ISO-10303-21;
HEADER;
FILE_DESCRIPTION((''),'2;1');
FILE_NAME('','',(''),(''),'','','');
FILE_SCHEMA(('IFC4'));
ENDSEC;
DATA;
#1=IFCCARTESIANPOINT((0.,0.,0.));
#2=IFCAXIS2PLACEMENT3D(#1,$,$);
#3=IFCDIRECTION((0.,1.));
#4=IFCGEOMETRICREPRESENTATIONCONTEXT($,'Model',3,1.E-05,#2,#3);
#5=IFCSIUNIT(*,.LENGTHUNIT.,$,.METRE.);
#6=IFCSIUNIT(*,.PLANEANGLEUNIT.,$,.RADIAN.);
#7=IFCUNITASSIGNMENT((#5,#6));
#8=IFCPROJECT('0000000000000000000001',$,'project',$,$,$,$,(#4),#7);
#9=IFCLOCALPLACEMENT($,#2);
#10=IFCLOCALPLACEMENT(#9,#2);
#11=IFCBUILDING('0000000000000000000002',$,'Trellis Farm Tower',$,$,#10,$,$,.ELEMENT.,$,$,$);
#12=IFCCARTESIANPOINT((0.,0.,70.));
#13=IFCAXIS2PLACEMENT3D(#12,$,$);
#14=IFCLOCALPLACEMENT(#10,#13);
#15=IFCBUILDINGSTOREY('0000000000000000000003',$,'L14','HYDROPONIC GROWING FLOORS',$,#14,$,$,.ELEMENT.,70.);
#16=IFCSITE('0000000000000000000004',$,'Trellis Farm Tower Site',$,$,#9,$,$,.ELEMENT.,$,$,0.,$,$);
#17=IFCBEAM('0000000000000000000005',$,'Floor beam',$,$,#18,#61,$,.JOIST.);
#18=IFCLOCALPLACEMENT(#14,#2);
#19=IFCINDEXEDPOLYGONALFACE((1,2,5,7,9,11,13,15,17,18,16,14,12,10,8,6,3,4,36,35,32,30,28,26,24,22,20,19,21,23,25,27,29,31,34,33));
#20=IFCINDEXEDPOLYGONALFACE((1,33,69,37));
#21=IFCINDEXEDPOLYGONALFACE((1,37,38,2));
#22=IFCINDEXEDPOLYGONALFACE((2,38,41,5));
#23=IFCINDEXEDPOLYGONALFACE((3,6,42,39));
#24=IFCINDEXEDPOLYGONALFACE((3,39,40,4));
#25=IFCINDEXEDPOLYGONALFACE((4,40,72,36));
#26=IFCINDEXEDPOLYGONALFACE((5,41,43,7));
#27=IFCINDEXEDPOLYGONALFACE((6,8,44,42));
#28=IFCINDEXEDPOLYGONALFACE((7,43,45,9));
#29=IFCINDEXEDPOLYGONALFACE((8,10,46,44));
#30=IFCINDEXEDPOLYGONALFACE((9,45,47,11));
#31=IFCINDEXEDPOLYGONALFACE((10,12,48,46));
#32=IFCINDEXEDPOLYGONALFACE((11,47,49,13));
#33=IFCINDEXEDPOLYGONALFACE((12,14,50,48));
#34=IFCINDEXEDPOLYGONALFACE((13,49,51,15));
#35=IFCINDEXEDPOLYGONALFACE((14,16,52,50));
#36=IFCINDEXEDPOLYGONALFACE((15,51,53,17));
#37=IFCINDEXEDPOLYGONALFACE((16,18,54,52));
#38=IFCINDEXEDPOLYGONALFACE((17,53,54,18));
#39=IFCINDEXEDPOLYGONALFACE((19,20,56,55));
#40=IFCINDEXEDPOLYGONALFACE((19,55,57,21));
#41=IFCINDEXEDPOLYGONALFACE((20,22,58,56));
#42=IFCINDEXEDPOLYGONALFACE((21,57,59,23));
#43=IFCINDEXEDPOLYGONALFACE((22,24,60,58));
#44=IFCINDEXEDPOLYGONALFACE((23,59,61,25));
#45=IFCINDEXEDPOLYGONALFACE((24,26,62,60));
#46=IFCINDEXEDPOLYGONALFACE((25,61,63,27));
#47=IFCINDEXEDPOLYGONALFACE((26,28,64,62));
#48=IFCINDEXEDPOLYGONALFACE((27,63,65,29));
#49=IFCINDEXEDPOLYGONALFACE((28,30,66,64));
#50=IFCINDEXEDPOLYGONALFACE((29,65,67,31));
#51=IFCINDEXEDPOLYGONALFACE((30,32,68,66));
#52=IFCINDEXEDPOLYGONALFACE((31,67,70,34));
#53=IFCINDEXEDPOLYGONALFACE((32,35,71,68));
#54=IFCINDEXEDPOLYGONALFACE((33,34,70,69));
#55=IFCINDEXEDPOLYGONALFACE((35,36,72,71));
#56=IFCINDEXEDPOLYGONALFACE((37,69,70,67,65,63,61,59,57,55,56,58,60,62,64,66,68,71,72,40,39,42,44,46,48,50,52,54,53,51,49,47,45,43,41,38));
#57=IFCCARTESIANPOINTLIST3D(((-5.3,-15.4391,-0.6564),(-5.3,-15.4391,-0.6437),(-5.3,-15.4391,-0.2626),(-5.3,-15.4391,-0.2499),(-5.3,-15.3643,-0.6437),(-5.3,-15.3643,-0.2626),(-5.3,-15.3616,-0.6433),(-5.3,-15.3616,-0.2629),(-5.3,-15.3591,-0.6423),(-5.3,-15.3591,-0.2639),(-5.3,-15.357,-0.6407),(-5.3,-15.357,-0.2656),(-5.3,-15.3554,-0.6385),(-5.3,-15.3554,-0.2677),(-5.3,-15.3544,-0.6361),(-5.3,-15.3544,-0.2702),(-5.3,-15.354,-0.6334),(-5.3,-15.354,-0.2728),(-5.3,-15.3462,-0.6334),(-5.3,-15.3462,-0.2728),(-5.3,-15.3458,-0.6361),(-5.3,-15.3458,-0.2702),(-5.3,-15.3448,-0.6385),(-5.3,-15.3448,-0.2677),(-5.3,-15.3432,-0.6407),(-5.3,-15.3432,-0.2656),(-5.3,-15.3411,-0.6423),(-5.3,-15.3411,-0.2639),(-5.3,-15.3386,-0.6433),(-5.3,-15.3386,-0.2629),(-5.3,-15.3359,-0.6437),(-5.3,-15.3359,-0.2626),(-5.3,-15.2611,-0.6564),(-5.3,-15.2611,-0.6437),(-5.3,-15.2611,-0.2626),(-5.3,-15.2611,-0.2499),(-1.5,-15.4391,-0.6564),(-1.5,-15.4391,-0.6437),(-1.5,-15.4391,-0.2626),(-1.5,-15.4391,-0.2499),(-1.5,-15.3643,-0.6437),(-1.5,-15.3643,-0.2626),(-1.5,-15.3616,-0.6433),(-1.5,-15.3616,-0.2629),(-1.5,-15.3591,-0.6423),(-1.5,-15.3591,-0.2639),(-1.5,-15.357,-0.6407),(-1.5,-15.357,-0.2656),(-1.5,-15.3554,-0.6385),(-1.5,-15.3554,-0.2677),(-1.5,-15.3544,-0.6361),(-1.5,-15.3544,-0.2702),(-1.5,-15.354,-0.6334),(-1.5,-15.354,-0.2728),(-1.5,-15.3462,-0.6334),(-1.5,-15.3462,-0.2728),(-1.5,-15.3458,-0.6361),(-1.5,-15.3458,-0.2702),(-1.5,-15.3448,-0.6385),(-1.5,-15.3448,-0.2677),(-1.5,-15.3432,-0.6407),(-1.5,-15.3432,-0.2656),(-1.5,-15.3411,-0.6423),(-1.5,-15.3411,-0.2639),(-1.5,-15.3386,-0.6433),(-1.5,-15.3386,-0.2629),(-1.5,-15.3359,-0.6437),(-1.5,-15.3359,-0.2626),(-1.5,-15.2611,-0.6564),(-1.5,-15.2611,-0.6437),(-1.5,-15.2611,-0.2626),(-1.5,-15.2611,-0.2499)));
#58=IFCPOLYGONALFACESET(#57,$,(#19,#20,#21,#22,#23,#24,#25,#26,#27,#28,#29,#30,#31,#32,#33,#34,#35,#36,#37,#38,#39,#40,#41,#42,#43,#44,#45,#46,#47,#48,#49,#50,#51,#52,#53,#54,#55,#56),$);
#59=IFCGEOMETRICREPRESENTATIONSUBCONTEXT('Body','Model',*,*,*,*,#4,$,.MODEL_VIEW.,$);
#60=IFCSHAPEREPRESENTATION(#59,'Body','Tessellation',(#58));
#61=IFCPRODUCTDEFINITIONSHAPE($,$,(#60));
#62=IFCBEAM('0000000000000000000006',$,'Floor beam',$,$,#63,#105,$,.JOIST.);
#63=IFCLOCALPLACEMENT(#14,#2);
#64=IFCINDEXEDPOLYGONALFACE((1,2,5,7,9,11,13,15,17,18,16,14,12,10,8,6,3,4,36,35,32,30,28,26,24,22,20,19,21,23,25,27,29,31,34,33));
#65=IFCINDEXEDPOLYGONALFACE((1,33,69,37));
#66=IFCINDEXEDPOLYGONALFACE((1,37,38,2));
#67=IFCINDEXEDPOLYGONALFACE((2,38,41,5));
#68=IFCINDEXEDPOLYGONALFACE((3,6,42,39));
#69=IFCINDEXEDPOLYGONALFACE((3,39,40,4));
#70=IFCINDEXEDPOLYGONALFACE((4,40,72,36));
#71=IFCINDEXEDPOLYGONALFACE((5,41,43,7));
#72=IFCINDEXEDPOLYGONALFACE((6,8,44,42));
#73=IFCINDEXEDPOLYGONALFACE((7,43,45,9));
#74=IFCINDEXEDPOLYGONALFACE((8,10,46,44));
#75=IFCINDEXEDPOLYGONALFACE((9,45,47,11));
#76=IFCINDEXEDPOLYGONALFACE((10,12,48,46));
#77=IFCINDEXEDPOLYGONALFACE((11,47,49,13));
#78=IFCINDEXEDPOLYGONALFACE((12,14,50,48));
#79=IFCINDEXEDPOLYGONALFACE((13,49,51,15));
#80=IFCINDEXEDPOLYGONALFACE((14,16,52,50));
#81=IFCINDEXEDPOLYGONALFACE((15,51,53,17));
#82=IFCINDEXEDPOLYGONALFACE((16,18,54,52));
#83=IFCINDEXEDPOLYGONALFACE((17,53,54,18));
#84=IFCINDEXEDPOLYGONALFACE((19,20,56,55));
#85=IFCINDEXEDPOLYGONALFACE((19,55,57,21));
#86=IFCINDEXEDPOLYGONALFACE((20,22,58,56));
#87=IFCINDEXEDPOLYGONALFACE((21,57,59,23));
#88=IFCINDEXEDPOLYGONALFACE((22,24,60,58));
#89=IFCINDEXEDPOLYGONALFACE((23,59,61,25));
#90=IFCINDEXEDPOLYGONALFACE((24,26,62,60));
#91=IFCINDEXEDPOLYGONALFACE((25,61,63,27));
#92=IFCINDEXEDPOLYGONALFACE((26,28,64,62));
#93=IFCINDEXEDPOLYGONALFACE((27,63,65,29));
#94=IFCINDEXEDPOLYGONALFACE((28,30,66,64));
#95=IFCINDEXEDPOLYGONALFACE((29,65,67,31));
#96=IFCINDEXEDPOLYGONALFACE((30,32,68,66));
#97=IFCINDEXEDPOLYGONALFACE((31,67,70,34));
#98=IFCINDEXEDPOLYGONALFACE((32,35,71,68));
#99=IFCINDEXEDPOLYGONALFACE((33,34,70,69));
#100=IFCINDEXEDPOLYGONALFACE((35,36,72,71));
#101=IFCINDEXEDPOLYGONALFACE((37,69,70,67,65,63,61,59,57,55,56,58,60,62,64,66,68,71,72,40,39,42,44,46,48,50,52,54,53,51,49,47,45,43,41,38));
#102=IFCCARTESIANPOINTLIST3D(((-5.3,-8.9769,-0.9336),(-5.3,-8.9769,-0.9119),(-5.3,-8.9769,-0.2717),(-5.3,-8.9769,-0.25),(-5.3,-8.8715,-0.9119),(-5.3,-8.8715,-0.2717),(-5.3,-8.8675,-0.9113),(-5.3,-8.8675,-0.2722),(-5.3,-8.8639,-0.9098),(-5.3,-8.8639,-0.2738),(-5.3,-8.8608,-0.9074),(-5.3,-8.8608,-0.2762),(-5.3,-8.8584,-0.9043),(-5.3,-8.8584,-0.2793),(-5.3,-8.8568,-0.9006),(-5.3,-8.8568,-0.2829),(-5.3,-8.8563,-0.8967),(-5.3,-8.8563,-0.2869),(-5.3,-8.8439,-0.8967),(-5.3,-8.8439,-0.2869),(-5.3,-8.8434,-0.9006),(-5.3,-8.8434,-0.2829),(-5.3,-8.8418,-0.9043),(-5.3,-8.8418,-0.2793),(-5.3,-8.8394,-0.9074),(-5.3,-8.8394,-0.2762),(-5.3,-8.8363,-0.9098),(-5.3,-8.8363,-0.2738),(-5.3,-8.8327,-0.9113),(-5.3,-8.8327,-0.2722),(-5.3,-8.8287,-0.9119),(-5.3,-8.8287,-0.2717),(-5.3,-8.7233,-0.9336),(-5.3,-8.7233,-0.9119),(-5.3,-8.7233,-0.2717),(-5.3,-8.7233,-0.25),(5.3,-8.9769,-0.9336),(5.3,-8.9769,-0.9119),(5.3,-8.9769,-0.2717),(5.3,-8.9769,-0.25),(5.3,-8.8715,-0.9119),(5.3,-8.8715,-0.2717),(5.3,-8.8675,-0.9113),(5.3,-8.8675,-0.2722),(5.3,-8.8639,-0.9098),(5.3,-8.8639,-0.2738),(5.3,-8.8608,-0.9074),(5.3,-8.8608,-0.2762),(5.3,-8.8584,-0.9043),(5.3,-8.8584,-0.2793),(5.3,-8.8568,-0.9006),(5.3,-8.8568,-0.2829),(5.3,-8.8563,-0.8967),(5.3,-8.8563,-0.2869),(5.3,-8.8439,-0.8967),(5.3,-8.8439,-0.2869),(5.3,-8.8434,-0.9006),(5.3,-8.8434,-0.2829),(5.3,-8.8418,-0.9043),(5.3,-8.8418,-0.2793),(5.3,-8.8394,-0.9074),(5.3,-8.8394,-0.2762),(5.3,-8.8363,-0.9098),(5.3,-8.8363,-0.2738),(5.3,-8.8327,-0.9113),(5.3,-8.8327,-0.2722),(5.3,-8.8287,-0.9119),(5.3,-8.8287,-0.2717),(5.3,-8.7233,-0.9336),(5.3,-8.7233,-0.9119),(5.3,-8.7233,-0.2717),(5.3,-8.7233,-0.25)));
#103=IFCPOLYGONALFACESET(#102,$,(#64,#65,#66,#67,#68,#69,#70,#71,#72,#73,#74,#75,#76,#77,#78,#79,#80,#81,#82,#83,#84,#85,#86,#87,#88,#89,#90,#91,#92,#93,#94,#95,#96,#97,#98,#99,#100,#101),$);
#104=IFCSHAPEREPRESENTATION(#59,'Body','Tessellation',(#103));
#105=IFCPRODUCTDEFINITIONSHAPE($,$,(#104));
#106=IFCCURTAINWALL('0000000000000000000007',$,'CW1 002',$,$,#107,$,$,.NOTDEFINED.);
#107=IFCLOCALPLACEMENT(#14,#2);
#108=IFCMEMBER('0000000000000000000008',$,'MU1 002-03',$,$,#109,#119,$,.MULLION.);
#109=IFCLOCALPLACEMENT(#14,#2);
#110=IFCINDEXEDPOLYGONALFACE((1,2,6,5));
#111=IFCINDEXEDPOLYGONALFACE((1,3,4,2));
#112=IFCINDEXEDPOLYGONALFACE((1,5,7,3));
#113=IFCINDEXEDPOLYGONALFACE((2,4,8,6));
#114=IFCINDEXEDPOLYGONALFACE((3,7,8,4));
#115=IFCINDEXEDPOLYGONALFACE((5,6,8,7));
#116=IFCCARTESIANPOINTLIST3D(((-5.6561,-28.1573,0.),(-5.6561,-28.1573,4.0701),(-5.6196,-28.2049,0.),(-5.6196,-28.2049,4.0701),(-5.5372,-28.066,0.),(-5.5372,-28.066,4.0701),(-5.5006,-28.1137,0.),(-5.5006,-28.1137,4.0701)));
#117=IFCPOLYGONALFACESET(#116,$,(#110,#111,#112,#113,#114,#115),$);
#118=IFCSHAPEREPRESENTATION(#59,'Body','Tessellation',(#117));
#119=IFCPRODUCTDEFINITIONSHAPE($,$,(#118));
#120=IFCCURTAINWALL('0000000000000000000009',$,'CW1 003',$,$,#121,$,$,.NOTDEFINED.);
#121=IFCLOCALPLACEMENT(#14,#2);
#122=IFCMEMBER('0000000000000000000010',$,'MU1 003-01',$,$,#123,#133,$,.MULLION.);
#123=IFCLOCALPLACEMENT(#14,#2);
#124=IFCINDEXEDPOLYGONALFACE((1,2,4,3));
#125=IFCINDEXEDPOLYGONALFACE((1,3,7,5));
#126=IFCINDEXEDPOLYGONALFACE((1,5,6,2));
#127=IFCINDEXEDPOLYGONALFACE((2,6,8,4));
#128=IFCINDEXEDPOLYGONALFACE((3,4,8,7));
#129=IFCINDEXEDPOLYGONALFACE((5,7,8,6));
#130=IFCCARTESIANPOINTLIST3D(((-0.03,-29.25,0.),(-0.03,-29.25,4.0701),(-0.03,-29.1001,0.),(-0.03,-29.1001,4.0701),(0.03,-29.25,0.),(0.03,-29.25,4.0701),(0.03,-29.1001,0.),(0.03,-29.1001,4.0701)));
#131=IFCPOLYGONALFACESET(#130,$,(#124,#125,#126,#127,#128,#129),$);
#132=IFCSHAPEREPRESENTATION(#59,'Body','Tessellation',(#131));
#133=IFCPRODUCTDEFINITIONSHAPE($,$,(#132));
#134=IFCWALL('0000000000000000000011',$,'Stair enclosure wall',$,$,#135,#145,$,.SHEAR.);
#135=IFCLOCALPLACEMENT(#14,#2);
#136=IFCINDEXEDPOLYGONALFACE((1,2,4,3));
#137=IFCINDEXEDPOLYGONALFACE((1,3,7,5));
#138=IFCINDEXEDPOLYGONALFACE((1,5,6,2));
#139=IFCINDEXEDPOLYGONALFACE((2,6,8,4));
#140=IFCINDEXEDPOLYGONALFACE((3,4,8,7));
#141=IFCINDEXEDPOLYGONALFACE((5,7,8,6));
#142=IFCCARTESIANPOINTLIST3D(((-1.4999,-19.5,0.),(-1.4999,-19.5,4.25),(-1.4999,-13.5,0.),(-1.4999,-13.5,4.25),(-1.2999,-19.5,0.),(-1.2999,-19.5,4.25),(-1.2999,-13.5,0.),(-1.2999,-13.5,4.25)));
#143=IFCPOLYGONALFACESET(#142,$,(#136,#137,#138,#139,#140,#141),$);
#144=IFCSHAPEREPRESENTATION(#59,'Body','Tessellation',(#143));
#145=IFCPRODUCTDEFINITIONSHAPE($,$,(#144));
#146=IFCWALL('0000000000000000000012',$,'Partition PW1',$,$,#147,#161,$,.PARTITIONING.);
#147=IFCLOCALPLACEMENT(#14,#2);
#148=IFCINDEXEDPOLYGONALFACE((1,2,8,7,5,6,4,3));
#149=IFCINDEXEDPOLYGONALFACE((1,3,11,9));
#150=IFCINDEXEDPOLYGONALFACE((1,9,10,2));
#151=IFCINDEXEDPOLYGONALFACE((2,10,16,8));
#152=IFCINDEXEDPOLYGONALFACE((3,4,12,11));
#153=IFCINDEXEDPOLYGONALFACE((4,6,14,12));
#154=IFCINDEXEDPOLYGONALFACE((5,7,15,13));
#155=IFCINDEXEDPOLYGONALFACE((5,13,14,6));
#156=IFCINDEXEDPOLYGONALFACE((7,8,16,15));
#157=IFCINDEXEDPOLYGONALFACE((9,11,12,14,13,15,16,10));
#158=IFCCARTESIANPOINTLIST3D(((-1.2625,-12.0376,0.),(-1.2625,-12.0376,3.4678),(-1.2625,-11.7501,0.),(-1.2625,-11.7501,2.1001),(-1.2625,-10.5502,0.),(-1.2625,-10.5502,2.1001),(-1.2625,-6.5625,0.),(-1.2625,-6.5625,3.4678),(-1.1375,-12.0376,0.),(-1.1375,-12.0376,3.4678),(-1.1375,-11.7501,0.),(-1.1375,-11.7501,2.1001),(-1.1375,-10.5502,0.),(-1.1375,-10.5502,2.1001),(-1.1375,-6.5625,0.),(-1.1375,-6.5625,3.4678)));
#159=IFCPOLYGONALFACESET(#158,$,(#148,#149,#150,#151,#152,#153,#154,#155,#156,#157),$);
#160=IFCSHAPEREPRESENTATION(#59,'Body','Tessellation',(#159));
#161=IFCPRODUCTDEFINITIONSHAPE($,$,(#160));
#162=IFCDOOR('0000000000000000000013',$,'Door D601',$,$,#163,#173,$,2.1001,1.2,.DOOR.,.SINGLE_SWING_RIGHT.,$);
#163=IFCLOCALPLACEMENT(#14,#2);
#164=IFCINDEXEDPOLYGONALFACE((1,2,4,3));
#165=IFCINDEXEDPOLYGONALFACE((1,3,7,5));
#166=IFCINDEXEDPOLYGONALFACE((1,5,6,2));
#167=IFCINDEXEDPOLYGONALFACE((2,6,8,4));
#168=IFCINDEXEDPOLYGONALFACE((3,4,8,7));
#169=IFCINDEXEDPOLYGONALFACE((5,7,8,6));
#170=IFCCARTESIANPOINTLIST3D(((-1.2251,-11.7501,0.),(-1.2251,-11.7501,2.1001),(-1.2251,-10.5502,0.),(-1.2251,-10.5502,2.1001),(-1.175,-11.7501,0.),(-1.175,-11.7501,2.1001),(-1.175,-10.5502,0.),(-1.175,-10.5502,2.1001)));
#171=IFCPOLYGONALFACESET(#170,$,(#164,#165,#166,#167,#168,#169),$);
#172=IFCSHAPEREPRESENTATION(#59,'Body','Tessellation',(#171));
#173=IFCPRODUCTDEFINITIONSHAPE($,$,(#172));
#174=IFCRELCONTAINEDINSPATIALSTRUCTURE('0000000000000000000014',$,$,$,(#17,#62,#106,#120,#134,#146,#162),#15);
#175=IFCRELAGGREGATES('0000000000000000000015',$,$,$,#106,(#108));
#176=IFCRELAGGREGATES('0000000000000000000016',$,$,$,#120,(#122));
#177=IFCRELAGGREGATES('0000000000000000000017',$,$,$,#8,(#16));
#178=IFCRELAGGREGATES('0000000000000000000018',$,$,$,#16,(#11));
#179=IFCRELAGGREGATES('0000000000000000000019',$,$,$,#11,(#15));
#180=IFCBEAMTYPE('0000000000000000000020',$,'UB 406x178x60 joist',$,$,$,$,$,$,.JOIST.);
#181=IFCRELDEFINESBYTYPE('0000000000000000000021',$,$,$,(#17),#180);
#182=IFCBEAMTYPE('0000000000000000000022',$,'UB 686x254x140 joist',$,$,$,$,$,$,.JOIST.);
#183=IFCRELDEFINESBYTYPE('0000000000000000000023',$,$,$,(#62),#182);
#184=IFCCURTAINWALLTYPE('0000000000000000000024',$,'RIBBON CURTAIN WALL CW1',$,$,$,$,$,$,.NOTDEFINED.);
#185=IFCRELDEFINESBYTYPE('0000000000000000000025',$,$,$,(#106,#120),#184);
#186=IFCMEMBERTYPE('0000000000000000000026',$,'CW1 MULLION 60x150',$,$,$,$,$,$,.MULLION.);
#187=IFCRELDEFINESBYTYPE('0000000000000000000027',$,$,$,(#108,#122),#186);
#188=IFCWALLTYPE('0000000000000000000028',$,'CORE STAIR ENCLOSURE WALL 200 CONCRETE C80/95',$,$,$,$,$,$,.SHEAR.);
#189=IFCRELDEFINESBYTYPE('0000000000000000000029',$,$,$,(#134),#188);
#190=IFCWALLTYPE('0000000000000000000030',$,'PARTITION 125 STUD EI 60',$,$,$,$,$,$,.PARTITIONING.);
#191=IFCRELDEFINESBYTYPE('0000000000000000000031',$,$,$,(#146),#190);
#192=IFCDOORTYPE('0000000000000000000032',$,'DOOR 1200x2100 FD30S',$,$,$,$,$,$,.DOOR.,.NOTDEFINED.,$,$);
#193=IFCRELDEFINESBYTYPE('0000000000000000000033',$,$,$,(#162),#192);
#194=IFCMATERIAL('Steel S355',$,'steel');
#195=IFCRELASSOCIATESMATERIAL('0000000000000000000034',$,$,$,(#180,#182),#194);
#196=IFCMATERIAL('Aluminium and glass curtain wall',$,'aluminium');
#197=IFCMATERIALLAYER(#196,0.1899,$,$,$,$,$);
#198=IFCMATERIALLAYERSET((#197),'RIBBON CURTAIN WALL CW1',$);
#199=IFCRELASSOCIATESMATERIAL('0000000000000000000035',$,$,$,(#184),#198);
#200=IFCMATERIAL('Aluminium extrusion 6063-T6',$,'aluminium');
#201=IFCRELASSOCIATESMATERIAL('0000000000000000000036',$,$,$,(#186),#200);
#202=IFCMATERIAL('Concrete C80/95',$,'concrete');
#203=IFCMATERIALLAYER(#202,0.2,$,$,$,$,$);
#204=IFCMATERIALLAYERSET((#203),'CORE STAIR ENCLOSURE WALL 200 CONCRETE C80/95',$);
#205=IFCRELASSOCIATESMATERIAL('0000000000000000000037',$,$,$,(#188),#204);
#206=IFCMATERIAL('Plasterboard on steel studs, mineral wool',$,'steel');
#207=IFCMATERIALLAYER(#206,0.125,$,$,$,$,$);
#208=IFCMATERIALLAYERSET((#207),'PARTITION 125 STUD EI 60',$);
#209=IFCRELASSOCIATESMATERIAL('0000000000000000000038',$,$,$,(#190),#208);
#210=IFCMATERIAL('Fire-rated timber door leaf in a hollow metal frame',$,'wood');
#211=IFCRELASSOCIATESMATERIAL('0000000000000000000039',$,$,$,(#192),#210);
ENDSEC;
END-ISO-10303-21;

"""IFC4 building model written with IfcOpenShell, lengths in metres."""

from ifc_helpers import new_model, si_unit, direction, frame, frame_2d, origin, origin_2d, place, context, subcontext, project, spatial, rectangle, i_section, extrude, source, transform, mapped, material, layer, layer_set, material_profile, profile_set, type_object, element, fill, aggregate, save


model = new_model("IFC4")

# Units and contexts
model_context = context("Model", 3, precision=1e-05, world=origin(), true_north=direction((0.0, 1.0)))
body_context = subcontext(model_context, "Body", "Model", "MODEL_VIEW")
ifc_project = project(units=[si_unit("LENGTHUNIT", "METRE"), si_unit("PLANEANGLEUNIT", "RADIAN")], contexts=[model_context])

# Site, building, storey
site_placement = place(None, origin())
site = spatial("IfcSite", under=ifc_project, at=site_placement, Name="Trellis Farm Tower Site", CompositionType="ELEMENT", RefElevation=0.0)
building_placement = place(site_placement, origin())
building = spatial("IfcBuilding", under=site, at=building_placement, Name="Trellis Farm Tower", CompositionType="ELEMENT")
storey_placement = place(building_placement, frame((0.0, 0.0, 70.0)))
storey = spatial("IfcBuildingStorey", under=building, at=storey_placement, Name="L14", Description="HYDROPONIC GROWING FLOORS", CompositionType="ELEMENT", Elevation=70.0)

# Shared definitions
ifc_material_1 = material(Name="Concrete C80/95", Category="concrete")

# Beams
ifc_material_2 = material(Name="Steel S355", Category="steel")
ifc_material_profile_1 = material_profile(ifc_material_2, i_section(OverallWidth=0.178, OverallDepth=0.4065, WebThickness=0.0078, FlangeThickness=0.0127, FilletRadius=0.0103, at=origin_2d()), Name="UB 406x178x60")
ifc_profile_set_1 = profile_set([ifc_material_profile_1], Name="Steel S355")
beam_type_1 = type_object("IfcBeamType", Name="UB 406x178x60 joist", PredefinedType="JOIST", material=ifc_profile_set_1)
shared_shape_1 = source(origin(), body_context, "Body", "SweptSolid", [
    extrude(i_section(OverallWidth=0.178, OverallDepth=0.4065, WebThickness=0.0078, FlangeThickness=0.0127, FilletRadius=0.0103, at=origin_2d()), origin(), (0.0, 0.0, 1.0), 3.8),
])
beam_1_placement = place(storey_placement, frame((-5.3, -15.3501, -0.4531), z_axis=(1.0, 0.0, 0.0), x_axis=(0.0, 1.0, 0.0)))
element("IfcBeam", 1, at=beam_1_placement, inside=storey, type_object=beam_type_1, Name="Floor beam", PredefinedType="JOIST", context=body_context, shape_type="MappedRepresentation", body=[
    mapped(shared_shape_1, transform((0.0, 0.0, 0.0))),
])
ifc_material_profile_2 = material_profile(ifc_material_2, i_section(OverallWidth=0.2537, OverallDepth=0.6836, WebThickness=0.0125, FlangeThickness=0.0217, FilletRadius=0.0151, at=origin_2d()), Name="UB 686x254x140")
ifc_profile_set_2 = profile_set([ifc_material_profile_2], Name="Steel S355")
beam_type_2 = type_object("IfcBeamType", Name="UB 686x254x140 joist", PredefinedType="JOIST", material=ifc_profile_set_2)
shared_shape_2 = source(origin(), body_context, "Body", "SweptSolid", [
    extrude(i_section(OverallWidth=0.2537, OverallDepth=0.6836, WebThickness=0.0125, FlangeThickness=0.0217, FilletRadius=0.0151, at=origin_2d()), origin(), (0.0, 0.0, 1.0), 10.6001),
])
beam_2_placement = place(storey_placement, frame((-5.3, -8.8501, -0.5918), z_axis=(1.0, 0.0, 0.0), x_axis=(0.0, 1.0, 0.0)))
element("IfcBeam", 2, at=beam_2_placement, inside=storey, type_object=beam_type_2, Name="Floor beam", PredefinedType="JOIST", context=body_context, shape_type="MappedRepresentation", body=[
    mapped(shared_shape_2, transform((0.0, 0.0, 0.0))),
])

# Curtain walls, members
ifc_material_3 = material(Name="Aluminium and glass curtain wall", Category="aluminium")
ifc_layer_1 = layer(ifc_material_3, 0.1899)
ifc_layer_set_1 = layer_set([ifc_layer_1], Name="RIBBON CURTAIN WALL CW1")
curtain_wall_type = type_object("IfcCurtainWallType", Name="RIBBON CURTAIN WALL CW1", PredefinedType="NOTDEFINED", material=ifc_layer_set_1)
placement = place(storey_placement, origin())
curtain_wall_1 = element("IfcCurtainWall", 3, at=placement, inside=storey, type_object=curtain_wall_type, Name="CW1 002", PredefinedType="NOTDEFINED")
ifc_material_4 = material(Name="Aluminium extrusion 6063-T6", Category="aluminium")
ifc_material_profile_3 = material_profile(ifc_material_4, rectangle(XDim=0.0601, YDim=0.1499, at=origin_2d()), Name="MULLION 60x150")
ifc_profile_set_3 = profile_set([ifc_material_profile_3], Name="Aluminium extrusion 6063-T6")
member_type = type_object("IfcMemberType", Name="CW1 MULLION 60x150", PredefinedType="MULLION", material=ifc_profile_set_3)
shared_shape_3 = source(origin(), body_context, "Body", "SweptSolid", [
    extrude(rectangle(XDim=0.0601, YDim=0.1499, at=origin_2d()), origin(), (0.0, 0.0, 1.0), 4.0701),
])
member_1_placement = place(storey_placement, frame((-5.5784, -28.1355, 0.0), z_axis=(0.0, 0.0, 1.0), x_axis=(0.608761, -0.793353, 0.0)))
member_1 = element("IfcMember", 4, at=member_1_placement, type_object=member_type, Name="MU1 002-03", PredefinedType="MULLION", context=body_context, shape_type="MappedRepresentation", body=[
    mapped(shared_shape_3, transform((0.0, 0.0, 0.0))),
])
aggregate(curtain_wall_1, [member_1])
curtain_wall_2 = element("IfcCurtainWall", 5, at=placement, inside=storey, type_object=curtain_wall_type, Name="CW1 003", PredefinedType="NOTDEFINED")
member_2_placement = place(storey_placement, frame((0.0, -29.175, 0.0), z_axis=(0.0, 0.0, 1.0), x_axis=(1.0, 0.0, 0.0)))
member_2 = element("IfcMember", 6, at=member_2_placement, type_object=member_type, Name="MU1 003-01", PredefinedType="MULLION", context=body_context, shape_type="MappedRepresentation", body=[
    mapped(shared_shape_3, transform((0.0, 0.0, 0.0))),
])
aggregate(curtain_wall_2, [member_2])

# Wall
ifc_layer_2 = layer(ifc_material_1, 0.2)
ifc_layer_set_2 = layer_set([ifc_layer_2], Name="CORE STAIR ENCLOSURE WALL 200 CONCRETE C80/95")
wall_type_1 = type_object("IfcWallType", Name="CORE STAIR ENCLOSURE WALL 200 CONCRETE C80/95", PredefinedType="SHEAR", material=ifc_layer_set_2)
shared_shape_4 = source(origin(), body_context, "Body", "SweptSolid", [
    extrude(rectangle(XDim=6.0, YDim=0.2, at=frame_2d((3.0, 0.0))), origin(), (0.0, 0.0, 1.0), 4.25),
])
wall_1_placement = place(storey_placement, frame((-1.3999, -13.5, 0.0), z_axis=(0.0, 0.0, 1.0), x_axis=(0.0, -1.0, 0.0)))
element("IfcWall", 7, at=wall_1_placement, inside=storey, type_object=wall_type_1, Name="Stair enclosure wall", PredefinedType="SHEAR", context=body_context, shape_type="MappedRepresentation", body=[
    mapped(shared_shape_4, transform((0.0, 0.0, 0.0))),
])

# Wall, opening, door
ifc_material_5 = material(Name="Plasterboard on steel studs, mineral wool", Category="steel")
ifc_layer_3 = layer(ifc_material_5, 0.125)
ifc_layer_set_3 = layer_set([ifc_layer_3], Name="PARTITION 125 STUD EI 60")
wall_type_2 = type_object("IfcWallType", Name="PARTITION 125 STUD EI 60", PredefinedType="PARTITIONING", material=ifc_layer_set_3)
shared_shape_5 = source(origin(), body_context, "Body", "SweptSolid", [
    extrude(rectangle(XDim=5.4751, YDim=0.125, at=frame_2d((2.7375, 0.0))), origin(), (0.0, 0.0, 1.0), 3.4678),
])
wall_2_placement = place(storey_placement, frame((-1.2, -6.5625, 0.0), z_axis=(0.0, 0.0, 1.0), x_axis=(0.0, -1.0, 0.0)))
wall_2 = element("IfcWall", 8, at=wall_2_placement, inside=storey, type_object=wall_type_2, Name="Partition PW1", PredefinedType="PARTITIONING", context=body_context, shape_type="MappedRepresentation", body=[
    mapped(shared_shape_5, transform((0.0, 0.0, 0.0))),
])
shared_shape_6 = source(origin(), body_context, "Body", "SweptSolid", [
    extrude(rectangle(XDim=1.2, YDim=2.1001, at=frame_2d((0.6001, 1.05))), frame((0.0, 0.0725, 0.0), z_axis=(0.0, -1.0, 0.0), x_axis=(1.0, 0.0, 0.0)), (0.0, 0.0, 1.0), 0.145),
])
opening_1_placement = place(wall_2_placement, frame((3.9875, 0.0, 0.0)))
opening_1 = element("IfcOpeningElement", 9, at=opening_1_placement, cuts=wall_2, PredefinedType="OPENING", context=body_context, shape_type="MappedRepresentation", body=[
    mapped(shared_shape_6, transform((0.0, 0.0, 0.0))),
])
ifc_material_6 = material(Name="Fire-rated timber door leaf in a hollow metal frame", Category="wood")
door_type_1 = type_object("IfcDoorType", Name="DOOR 1200x2100 FD30S", OperationType="NOTDEFINED", PredefinedType="DOOR", material=ifc_material_6)
shared_shape_7 = source(origin(), body_context, "Body", "SweptSolid", [
    extrude(rectangle(XDim=1.2, YDim=2.1001, at=frame_2d((0.6001, 1.05))), frame((0.0, 0.0249, 0.0), z_axis=(0.0, -1.0, 0.0), x_axis=(1.0, 0.0, 0.0)), (0.0, 0.0, 1.0), 0.05),
])
door_1_placement = place(opening_1_placement, origin())
door_1 = element("IfcDoor", 10, at=door_1_placement, inside=storey, type_object=door_type_1, Name="Door D601", OperationType="SINGLE_SWING_RIGHT", OverallHeight=2.1001, OverallWidth=1.2, PredefinedType="DOOR", context=body_context, shape_type="MappedRepresentation", body=[
    mapped(shared_shape_7, transform((0.0, 0.0, 0.0))),
])
fill(opening_1, door_1)

save(model, "model.ifc")
